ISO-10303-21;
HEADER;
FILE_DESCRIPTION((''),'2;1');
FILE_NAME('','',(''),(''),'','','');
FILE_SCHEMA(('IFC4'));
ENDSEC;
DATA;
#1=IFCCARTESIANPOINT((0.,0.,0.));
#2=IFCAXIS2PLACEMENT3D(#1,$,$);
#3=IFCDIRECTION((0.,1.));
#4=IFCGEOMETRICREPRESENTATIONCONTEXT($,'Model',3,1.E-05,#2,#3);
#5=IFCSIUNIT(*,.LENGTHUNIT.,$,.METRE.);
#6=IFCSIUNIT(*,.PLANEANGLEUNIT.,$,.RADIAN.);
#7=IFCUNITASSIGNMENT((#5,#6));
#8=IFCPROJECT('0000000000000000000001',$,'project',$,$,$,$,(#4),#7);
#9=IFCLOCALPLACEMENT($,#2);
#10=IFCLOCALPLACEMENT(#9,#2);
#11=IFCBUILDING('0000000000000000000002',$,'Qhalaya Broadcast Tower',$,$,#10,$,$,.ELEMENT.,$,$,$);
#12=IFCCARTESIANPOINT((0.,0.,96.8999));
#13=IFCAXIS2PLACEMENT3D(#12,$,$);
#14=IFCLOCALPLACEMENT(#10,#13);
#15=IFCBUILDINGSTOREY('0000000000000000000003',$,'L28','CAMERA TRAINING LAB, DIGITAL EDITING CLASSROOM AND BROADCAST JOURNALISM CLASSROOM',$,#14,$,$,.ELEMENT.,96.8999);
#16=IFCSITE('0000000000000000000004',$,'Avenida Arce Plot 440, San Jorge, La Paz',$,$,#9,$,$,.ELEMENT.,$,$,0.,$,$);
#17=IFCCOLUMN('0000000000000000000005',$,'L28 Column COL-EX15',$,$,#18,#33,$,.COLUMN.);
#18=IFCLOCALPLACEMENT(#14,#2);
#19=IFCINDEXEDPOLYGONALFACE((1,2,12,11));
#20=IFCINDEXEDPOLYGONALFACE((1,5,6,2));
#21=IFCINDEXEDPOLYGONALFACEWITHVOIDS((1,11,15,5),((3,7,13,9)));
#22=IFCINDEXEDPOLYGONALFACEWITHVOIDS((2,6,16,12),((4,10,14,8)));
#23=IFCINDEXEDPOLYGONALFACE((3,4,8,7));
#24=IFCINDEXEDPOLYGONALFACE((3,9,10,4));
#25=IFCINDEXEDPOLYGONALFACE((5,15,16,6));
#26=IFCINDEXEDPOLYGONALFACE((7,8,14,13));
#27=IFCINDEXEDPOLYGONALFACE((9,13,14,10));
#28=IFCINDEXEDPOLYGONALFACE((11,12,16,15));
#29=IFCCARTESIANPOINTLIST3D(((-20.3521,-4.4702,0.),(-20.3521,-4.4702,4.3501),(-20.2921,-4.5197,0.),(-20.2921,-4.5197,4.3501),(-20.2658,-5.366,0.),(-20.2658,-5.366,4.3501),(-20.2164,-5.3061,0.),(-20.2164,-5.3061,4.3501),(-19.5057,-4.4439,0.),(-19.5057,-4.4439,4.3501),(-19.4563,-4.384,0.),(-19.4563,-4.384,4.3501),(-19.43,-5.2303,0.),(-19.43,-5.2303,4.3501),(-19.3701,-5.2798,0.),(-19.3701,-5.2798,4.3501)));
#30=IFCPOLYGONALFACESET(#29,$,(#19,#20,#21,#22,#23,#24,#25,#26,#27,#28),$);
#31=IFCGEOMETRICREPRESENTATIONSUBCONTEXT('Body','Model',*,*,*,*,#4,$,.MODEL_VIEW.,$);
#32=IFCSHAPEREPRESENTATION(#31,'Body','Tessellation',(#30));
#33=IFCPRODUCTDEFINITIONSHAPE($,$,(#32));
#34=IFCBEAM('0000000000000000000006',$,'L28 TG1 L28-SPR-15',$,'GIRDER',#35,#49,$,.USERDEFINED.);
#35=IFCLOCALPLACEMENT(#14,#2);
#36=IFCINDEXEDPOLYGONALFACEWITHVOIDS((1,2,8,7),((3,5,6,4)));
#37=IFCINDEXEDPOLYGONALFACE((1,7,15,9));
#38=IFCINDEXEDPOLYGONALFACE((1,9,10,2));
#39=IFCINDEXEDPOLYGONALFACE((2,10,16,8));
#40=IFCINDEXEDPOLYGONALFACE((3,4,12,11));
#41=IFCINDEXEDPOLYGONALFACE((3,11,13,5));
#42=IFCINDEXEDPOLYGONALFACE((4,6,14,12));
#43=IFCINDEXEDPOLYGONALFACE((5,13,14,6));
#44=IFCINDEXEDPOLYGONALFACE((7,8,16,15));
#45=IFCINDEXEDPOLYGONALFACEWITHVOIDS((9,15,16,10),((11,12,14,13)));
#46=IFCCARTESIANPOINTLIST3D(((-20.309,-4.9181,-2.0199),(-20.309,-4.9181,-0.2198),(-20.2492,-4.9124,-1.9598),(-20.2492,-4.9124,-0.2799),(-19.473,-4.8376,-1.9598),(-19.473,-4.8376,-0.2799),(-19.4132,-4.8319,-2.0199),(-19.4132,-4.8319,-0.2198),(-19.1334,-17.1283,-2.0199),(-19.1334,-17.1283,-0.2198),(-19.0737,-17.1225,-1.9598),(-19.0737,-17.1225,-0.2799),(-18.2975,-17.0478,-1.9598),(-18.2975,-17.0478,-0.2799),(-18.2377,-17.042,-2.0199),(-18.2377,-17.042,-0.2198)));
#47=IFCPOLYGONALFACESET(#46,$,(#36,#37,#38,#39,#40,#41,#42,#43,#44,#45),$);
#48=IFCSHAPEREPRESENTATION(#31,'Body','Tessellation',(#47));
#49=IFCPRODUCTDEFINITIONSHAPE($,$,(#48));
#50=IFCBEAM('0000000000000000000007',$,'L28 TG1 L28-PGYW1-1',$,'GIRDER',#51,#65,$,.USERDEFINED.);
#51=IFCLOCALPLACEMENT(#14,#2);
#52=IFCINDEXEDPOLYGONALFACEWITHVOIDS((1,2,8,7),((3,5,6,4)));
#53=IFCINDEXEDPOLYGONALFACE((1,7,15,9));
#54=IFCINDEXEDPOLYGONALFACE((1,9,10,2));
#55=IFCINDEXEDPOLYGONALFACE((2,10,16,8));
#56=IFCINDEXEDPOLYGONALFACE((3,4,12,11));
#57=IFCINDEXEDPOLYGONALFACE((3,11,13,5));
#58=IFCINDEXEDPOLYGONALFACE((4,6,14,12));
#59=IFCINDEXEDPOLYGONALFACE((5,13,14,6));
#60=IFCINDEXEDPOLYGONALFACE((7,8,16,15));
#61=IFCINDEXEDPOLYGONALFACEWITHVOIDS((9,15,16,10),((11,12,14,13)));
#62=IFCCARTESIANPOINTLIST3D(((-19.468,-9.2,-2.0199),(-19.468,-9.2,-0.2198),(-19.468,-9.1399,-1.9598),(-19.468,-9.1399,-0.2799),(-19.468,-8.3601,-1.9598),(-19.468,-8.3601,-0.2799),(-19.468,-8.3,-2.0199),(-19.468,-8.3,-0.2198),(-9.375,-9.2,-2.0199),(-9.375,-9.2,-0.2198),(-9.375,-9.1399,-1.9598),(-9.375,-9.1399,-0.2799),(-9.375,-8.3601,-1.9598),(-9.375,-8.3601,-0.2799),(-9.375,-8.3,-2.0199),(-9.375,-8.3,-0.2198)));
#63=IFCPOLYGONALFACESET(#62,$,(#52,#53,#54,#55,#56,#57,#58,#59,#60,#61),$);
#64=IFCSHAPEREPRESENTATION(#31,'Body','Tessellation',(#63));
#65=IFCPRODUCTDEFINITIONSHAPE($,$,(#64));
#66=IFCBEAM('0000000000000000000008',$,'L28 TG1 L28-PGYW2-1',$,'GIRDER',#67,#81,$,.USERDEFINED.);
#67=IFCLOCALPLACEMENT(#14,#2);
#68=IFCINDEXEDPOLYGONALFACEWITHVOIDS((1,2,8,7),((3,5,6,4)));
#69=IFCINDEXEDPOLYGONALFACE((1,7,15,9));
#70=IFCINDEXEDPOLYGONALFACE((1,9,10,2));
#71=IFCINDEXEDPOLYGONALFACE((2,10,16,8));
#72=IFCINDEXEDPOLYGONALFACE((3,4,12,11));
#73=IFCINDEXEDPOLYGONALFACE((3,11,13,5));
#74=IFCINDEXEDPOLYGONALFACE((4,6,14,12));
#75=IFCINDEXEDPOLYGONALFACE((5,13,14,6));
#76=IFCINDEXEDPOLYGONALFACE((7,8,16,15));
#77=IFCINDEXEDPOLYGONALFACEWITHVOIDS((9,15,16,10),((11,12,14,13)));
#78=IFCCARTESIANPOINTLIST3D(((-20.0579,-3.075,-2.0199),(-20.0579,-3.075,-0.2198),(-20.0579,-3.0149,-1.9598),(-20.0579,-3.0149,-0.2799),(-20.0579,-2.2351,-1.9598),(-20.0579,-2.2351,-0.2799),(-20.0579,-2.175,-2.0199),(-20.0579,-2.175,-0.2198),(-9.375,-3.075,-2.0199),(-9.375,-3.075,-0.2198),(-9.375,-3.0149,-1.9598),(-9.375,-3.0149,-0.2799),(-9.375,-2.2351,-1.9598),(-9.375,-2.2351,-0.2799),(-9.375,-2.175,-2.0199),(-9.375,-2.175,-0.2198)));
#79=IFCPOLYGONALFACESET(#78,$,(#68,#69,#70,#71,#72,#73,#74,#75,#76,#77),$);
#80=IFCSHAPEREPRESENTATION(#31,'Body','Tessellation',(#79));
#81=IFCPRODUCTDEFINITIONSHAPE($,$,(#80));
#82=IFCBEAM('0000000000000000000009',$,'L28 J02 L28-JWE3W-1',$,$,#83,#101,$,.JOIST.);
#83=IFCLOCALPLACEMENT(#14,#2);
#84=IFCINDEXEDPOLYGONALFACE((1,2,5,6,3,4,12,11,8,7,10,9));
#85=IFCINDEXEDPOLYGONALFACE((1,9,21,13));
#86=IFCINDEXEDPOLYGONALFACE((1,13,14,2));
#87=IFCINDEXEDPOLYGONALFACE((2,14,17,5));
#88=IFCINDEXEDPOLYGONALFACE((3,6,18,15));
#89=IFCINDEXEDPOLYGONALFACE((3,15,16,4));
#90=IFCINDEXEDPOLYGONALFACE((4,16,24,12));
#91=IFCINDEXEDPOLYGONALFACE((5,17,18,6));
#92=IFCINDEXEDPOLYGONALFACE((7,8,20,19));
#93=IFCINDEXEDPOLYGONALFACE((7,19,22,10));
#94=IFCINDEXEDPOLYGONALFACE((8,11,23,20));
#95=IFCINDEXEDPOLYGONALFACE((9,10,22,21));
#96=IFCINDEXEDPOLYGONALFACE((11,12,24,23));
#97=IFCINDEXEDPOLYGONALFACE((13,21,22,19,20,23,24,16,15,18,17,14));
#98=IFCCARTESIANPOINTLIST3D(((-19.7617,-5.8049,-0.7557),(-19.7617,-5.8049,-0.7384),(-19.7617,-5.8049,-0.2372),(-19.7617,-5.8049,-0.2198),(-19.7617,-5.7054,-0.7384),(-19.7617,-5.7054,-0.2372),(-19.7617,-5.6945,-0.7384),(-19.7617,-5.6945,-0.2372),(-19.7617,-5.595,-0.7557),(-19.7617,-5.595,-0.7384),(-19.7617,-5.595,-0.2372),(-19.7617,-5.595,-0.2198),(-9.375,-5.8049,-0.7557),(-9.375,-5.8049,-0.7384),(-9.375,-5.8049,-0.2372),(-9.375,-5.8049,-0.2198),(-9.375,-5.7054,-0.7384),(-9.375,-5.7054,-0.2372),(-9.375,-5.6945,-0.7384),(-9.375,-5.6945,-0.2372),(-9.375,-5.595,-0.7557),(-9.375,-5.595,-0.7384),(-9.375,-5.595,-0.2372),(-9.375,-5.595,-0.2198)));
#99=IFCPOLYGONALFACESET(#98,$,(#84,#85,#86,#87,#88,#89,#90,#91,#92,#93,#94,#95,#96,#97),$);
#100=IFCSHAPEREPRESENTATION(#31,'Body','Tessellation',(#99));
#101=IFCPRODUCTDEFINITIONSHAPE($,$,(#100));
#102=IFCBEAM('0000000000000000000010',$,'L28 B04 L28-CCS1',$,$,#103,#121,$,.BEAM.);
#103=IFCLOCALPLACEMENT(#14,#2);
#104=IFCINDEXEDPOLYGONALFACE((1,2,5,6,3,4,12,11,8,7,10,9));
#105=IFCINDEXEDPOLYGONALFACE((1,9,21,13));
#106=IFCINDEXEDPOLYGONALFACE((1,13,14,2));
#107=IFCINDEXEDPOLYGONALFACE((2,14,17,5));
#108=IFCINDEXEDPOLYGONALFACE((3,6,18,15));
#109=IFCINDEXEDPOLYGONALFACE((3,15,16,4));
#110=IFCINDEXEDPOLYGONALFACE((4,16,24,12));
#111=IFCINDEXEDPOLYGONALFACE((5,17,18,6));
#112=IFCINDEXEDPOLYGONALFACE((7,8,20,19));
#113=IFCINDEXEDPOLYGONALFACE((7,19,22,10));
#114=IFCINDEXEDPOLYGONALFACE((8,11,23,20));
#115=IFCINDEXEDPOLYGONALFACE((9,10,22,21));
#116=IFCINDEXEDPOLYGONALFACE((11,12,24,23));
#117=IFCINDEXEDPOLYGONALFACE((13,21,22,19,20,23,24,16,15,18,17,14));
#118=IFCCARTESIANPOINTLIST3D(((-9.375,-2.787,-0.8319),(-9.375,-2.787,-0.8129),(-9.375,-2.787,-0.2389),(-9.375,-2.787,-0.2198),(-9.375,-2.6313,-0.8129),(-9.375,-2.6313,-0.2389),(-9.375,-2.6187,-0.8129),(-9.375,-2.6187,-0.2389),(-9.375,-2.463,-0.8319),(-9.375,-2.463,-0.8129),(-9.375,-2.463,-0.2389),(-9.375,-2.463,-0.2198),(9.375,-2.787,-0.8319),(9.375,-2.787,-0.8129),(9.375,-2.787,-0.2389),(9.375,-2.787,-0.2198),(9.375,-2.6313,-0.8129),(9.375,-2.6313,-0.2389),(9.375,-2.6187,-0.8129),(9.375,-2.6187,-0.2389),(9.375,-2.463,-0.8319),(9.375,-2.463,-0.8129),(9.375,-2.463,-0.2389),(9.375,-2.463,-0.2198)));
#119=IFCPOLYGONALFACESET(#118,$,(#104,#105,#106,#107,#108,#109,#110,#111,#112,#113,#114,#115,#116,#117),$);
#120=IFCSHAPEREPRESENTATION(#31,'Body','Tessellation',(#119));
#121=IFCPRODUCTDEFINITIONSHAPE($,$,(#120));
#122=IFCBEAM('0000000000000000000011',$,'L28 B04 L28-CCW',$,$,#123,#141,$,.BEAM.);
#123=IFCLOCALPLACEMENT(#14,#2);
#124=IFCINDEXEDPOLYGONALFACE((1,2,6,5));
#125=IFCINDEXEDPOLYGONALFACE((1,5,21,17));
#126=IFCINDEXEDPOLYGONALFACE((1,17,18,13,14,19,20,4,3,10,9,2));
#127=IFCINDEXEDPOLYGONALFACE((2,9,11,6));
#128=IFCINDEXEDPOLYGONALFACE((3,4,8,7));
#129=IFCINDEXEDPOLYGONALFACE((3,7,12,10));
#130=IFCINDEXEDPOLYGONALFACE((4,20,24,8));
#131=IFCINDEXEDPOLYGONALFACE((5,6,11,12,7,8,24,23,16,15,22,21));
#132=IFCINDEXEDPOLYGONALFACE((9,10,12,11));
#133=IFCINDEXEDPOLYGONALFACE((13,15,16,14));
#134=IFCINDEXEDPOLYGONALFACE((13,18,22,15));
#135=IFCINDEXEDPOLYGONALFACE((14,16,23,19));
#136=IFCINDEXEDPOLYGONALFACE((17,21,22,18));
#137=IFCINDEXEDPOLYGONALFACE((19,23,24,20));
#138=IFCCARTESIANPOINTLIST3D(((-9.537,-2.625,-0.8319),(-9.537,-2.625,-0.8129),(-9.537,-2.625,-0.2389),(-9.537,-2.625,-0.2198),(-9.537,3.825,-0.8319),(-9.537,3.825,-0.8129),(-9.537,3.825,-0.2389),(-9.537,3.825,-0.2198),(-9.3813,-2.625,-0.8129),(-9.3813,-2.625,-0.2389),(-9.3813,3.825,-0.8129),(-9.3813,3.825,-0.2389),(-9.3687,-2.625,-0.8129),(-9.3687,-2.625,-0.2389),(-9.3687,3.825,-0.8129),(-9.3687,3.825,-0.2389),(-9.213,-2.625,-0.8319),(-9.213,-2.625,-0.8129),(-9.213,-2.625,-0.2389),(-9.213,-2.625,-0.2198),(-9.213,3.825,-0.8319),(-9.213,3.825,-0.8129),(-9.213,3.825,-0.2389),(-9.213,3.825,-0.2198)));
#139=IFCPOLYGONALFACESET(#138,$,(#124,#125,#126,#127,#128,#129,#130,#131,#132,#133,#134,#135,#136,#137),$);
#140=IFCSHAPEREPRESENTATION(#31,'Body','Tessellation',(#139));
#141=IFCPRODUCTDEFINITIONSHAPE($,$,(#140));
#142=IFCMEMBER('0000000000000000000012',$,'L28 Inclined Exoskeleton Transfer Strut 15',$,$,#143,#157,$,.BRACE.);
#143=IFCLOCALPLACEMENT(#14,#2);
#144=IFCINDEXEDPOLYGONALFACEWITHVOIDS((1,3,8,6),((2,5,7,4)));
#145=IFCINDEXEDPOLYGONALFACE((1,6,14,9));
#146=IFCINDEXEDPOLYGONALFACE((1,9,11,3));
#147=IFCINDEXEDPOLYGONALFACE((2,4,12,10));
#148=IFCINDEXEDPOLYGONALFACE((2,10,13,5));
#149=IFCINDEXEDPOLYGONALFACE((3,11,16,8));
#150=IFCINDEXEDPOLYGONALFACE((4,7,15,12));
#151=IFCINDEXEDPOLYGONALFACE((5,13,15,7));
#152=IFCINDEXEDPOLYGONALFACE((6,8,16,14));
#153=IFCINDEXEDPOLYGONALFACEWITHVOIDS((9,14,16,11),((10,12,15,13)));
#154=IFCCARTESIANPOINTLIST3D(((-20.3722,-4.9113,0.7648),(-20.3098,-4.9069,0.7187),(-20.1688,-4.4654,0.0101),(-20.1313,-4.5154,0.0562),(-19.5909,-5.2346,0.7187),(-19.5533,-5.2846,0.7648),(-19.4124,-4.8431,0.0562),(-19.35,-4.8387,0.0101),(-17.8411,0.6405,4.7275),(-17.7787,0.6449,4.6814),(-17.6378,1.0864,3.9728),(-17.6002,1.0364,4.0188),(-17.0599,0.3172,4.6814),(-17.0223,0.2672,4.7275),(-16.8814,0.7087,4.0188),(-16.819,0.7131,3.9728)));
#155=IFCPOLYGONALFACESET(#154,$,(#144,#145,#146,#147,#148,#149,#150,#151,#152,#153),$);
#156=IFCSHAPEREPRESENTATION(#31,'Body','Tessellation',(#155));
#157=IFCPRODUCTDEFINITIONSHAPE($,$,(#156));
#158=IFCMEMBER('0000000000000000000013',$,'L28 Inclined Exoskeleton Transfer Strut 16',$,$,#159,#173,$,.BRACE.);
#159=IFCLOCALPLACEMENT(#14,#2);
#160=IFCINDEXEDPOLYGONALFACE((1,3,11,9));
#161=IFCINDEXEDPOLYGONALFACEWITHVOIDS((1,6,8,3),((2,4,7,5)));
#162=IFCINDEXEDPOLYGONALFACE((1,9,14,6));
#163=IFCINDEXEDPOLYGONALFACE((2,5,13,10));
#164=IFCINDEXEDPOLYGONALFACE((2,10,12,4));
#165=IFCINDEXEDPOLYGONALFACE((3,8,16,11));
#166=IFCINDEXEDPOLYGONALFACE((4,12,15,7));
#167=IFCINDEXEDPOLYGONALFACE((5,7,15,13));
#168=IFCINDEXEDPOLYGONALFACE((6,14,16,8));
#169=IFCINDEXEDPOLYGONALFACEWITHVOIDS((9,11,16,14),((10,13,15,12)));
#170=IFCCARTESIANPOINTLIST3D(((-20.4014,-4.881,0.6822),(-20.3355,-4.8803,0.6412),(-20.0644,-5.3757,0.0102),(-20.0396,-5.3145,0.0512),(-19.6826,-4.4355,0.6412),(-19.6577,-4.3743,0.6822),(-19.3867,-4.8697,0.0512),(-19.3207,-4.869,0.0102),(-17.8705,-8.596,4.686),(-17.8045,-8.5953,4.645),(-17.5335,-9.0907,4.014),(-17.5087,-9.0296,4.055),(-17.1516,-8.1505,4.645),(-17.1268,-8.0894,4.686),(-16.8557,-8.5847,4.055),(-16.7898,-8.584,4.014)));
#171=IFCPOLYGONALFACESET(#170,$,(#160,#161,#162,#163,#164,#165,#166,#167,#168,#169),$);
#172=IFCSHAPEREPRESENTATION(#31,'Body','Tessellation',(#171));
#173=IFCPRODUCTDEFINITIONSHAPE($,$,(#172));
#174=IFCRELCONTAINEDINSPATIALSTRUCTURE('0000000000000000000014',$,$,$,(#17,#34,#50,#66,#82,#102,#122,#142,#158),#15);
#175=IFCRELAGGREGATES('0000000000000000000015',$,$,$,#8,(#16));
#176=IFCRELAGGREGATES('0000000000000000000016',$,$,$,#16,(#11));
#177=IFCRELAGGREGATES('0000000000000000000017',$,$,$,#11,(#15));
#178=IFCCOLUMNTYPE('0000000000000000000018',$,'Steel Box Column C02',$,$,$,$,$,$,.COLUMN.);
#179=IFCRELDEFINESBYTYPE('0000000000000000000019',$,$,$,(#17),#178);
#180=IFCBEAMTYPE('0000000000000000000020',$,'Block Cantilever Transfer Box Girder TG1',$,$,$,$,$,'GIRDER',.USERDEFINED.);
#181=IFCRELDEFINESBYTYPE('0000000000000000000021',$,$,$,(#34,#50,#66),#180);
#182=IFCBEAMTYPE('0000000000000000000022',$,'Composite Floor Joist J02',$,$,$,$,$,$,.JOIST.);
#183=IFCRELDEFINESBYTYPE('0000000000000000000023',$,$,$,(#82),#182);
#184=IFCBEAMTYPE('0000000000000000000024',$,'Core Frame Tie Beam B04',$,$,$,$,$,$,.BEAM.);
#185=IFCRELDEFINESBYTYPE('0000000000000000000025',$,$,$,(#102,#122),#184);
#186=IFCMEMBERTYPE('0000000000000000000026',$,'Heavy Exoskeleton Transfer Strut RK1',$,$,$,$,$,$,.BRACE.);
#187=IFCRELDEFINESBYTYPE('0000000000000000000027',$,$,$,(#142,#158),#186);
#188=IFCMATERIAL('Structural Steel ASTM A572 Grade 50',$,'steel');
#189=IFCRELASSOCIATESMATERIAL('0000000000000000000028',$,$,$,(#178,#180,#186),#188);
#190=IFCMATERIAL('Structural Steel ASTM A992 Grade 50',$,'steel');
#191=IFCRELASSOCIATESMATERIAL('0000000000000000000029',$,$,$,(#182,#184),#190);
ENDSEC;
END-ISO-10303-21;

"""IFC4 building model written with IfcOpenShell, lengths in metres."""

from ifc_helpers import new_model, si_unit, direction, frame, origin, origin_2d, place, context, subcontext, project, spatial, hollow_rectangle, i_section, extrude, material, material_profile, profile_set, type_object, element, save


model = new_model("IFC4")

# Units and contexts
model_context = context("Model", 3, precision=1e-05, world=origin(), true_north=direction((0.0, 1.0)))
body_context = subcontext(model_context, "Body", "Model", "MODEL_VIEW")
ifc_project = project(units=[si_unit("LENGTHUNIT", "METRE"), si_unit("PLANEANGLEUNIT", "RADIAN")], contexts=[model_context])

# Site, building, storey
site_placement = place(None, origin())
site = spatial("IfcSite", under=ifc_project, at=site_placement, Name="Avenida Arce Plot 440, San Jorge, La Paz", CompositionType="ELEMENT", RefElevation=0.0)
building_placement = place(site_placement, origin())
building = spatial("IfcBuilding", under=site, at=building_placement, Name="Qhalaya Broadcast Tower", CompositionType="ELEMENT")
storey_placement = place(building_placement, frame((0.0, 0.0, 96.8999)))
storey = spatial("IfcBuildingStorey", under=building, at=storey_placement, Name="L28", Description="CAMERA TRAINING LAB, DIGITAL EDITING CLASSROOM AND BROADCAST JOURNALISM CLASSROOM", CompositionType="ELEMENT", Elevation=96.8999)

# Column
ifc_material_1 = material(Name="Structural Steel ASTM A572 Grade 50", Category="steel")
ifc_material_profile_1 = material_profile(ifc_material_1, hollow_rectangle(XDim=0.8999, YDim=0.8999, WallThickness=0.0549, at=origin_2d()), Name="BOX 900x900x55")
ifc_profile_set_1 = profile_set([ifc_material_profile_1], Name="Structural Steel ASTM A572 Grade 50")
column_type = type_object("IfcColumnType", Name="Steel Box Column C02", PredefinedType="COLUMN", material=ifc_profile_set_1)
column_placement = place(storey_placement, frame((-19.8611, -4.875, 0.0), z_axis=(0.0, 0.0, 1.0), x_axis=(-0.095846, 0.995396, 0.0)))
element("IfcColumn", 1, at=column_placement, inside=storey, type_object=column_type, Name="L28 Column COL-EX15", PredefinedType="COLUMN", context=body_context, shape_type="SweptSolid", body=[
    extrude(hollow_rectangle(XDim=0.8999, YDim=0.8999, WallThickness=0.0549, at=origin_2d()), origin(), (0.0, 0.0, 1.0), 4.3501),
])

# Beams
ifc_material_profile_2 = material_profile(ifc_material_1, hollow_rectangle(XDim=0.8999, YDim=1.8, WallThickness=0.0601, at=origin_2d()), Name="BOX 900x1800x60")
ifc_profile_set_2 = profile_set([ifc_material_profile_2], Name="Structural Steel ASTM A572 Grade 50")
beam_type_1 = type_object("IfcBeamType", Name="Block Cantilever Transfer Box Girder TG1", ElementType="GIRDER", PredefinedType="USERDEFINED", material=ifc_profile_set_2)
beam_1_placement = place(storey_placement, frame((-19.8611, -4.875, -1.1199), z_axis=(0.095832, -0.995398, 0.0), x_axis=(0.995398, 0.095832, 0.0)))
element("IfcBeam", 2, at=beam_1_placement, inside=storey, type_object=beam_type_1, Name="L28 TG1 L28-SPR-15", ObjectType="GIRDER", PredefinedType="USERDEFINED", context=body_context, shape_type="SweptSolid", body=[
    extrude(hollow_rectangle(XDim=0.8999, YDim=1.8, WallThickness=0.0601, at=origin_2d()), origin(), (0.0, 0.0, 1.0), 12.2666),
])
beam_2_placement = place(storey_placement, frame((-19.468, -8.75, -1.1199), z_axis=(1.0, 0.0, 0.0), x_axis=(0.0, 1.0, 0.0)))
element("IfcBeam", 3, at=beam_2_placement, inside=storey, type_object=beam_type_1, Name="L28 TG1 L28-PGYW1-1", ObjectType="GIRDER", PredefinedType="USERDEFINED", context=body_context, shape_type="SweptSolid", body=[
    extrude(hollow_rectangle(XDim=0.8999, YDim=1.8, WallThickness=0.0601, at=origin_2d()), origin(), (0.0, 0.0, 1.0), 10.093),
])
beam_3_placement = place(storey_placement, frame((-20.0579, -2.625, -1.1199), z_axis=(1.0, 0.0, 0.0), x_axis=(0.0, 1.0, 0.0)))
element("IfcBeam", 4, at=beam_3_placement, inside=storey, type_object=beam_type_1, Name="L28 TG1 L28-PGYW2-1", ObjectType="GIRDER", PredefinedType="USERDEFINED", context=body_context, shape_type="SweptSolid", body=[
    extrude(hollow_rectangle(XDim=0.8999, YDim=1.8, WallThickness=0.0601, at=origin_2d()), origin(), (0.0, 0.0, 1.0), 10.6829),
])
ifc_material_2 = material(Name="Structural Steel ASTM A992 Grade 50", Category="steel")
ifc_material_profile_3 = material_profile(ifc_material_2, i_section(OverallWidth=0.21, OverallDepth=0.5359, WebThickness=0.011, FlangeThickness=0.0173, at=origin_2d()), Name="W21X68")
ifc_profile_set_3 = profile_set([ifc_material_profile_3], Name="Structural Steel ASTM A992 Grade 50")
beam_type_2 = type_object("IfcBeamType", Name="Composite Floor Joist J02", PredefinedType="JOIST", material=ifc_profile_set_3)
beam_4_placement = place(storey_placement, frame((-19.7617, -5.7, -0.4878), z_axis=(1.0, 0.0, 0.0), x_axis=(0.0, 1.0, 0.0)))
element("IfcBeam", 5, at=beam_4_placement, inside=storey, type_object=beam_type_2, Name="L28 J02 L28-JWE3W-1", PredefinedType="JOIST", context=body_context, shape_type="SweptSolid", body=[
    extrude(i_section(OverallWidth=0.21, OverallDepth=0.5359, WebThickness=0.011, FlangeThickness=0.0173, at=origin_2d()), origin(), (0.0, 0.0, 1.0), 10.3867),
])
ifc_material_profile_4 = material_profile(ifc_material_2, i_section(OverallWidth=0.324, OverallDepth=0.6121, WebThickness=0.0127, FlangeThickness=0.019, at=origin_2d()), Name="W24X104")
ifc_profile_set_4 = profile_set([ifc_material_profile_4], Name="Structural Steel ASTM A992 Grade 50")
beam_type_3 = type_object("IfcBeamType", Name="Core Frame Tie Beam B04", PredefinedType="BEAM", material=ifc_profile_set_4)
beam_5_placement = place(storey_placement, frame((-9.375, -2.625, -0.5259), z_axis=(1.0, 0.0, 0.0), x_axis=(0.0, 1.0, 0.0)))
element("IfcBeam", 6, at=beam_5_placement, inside=storey, type_object=beam_type_3, Name="L28 B04 L28-CCS1", PredefinedType="BEAM", context=body_context, shape_type="SweptSolid", body=[
    extrude(i_section(OverallWidth=0.324, OverallDepth=0.6121, WebThickness=0.0127, FlangeThickness=0.019, at=origin_2d()), origin(), (0.0, 0.0, 1.0), 18.75),
])
beam_6_placement = place(storey_placement, frame((-9.375, -2.625, -0.5259), z_axis=(0.0, 1.0, 0.0), x_axis=(-1.0, 0.0, 0.0)))
element("IfcBeam", 7, at=beam_6_placement, inside=storey, type_object=beam_type_3, Name="L28 B04 L28-CCW", PredefinedType="BEAM", context=body_context, shape_type="SweptSolid", body=[
    extrude(i_section(OverallWidth=0.324, OverallDepth=0.6121, WebThickness=0.0127, FlangeThickness=0.019, at=origin_2d()), origin(), (0.0, 0.0, 1.0), 6.45),
])

# Members
ifc_material_profile_5 = material_profile(ifc_material_1, hollow_rectangle(XDim=0.8999, YDim=0.8999, WallThickness=0.0549, at=origin_2d()), Name="BOX 900x900x55")
ifc_profile_set_5 = profile_set([ifc_material_profile_5], Name="Structural Steel ASTM A572 Grade 50")
member_type_1 = type_object("IfcMemberType", Name="Heavy Exoskeleton Transfer Strut RK1", PredefinedType="BRACE", material=ifc_profile_set_5)
member_1_placement = place(storey_placement, frame((-19.8611, -4.875, 0.3875), z_axis=(0.347888, 0.763093, 0.544668), x_axis=(-0.909904, 0.414819, 0.0)))
element("IfcMember", 8, at=member_1_placement, inside=storey, type_object=member_type_1, Name="L28 Inclined Exoskeleton Transfer Strut 15", PredefinedType="BRACE", context=body_context, shape_type="SweptSolid", body=[
    extrude(hollow_rectangle(XDim=0.8999, YDim=0.8999, WallThickness=0.0549, at=origin_2d()), origin(), (0.0, 0.0, 1.0), 7.2754),
])
member_2_placement = place(storey_placement, frame((-19.8611, -4.875, 0.3462), z_axis=(0.42044, -0.617135, 0.665112), x_axis=(0.826435, 0.563032, 0.0)))
element("IfcMember", 9, at=member_2_placement, inside=storey, type_object=member_type_1, Name="L28 Inclined Exoskeleton Transfer Strut 16", PredefinedType="BRACE", context=body_context, shape_type="SweptSolid", body=[
    extrude(hollow_rectangle(XDim=0.8999, YDim=0.8999, WallThickness=0.0549, at=origin_2d()), origin(), (0.0, 0.0, 1.0), 6.0198),
])

save(model, "model.ifc")
